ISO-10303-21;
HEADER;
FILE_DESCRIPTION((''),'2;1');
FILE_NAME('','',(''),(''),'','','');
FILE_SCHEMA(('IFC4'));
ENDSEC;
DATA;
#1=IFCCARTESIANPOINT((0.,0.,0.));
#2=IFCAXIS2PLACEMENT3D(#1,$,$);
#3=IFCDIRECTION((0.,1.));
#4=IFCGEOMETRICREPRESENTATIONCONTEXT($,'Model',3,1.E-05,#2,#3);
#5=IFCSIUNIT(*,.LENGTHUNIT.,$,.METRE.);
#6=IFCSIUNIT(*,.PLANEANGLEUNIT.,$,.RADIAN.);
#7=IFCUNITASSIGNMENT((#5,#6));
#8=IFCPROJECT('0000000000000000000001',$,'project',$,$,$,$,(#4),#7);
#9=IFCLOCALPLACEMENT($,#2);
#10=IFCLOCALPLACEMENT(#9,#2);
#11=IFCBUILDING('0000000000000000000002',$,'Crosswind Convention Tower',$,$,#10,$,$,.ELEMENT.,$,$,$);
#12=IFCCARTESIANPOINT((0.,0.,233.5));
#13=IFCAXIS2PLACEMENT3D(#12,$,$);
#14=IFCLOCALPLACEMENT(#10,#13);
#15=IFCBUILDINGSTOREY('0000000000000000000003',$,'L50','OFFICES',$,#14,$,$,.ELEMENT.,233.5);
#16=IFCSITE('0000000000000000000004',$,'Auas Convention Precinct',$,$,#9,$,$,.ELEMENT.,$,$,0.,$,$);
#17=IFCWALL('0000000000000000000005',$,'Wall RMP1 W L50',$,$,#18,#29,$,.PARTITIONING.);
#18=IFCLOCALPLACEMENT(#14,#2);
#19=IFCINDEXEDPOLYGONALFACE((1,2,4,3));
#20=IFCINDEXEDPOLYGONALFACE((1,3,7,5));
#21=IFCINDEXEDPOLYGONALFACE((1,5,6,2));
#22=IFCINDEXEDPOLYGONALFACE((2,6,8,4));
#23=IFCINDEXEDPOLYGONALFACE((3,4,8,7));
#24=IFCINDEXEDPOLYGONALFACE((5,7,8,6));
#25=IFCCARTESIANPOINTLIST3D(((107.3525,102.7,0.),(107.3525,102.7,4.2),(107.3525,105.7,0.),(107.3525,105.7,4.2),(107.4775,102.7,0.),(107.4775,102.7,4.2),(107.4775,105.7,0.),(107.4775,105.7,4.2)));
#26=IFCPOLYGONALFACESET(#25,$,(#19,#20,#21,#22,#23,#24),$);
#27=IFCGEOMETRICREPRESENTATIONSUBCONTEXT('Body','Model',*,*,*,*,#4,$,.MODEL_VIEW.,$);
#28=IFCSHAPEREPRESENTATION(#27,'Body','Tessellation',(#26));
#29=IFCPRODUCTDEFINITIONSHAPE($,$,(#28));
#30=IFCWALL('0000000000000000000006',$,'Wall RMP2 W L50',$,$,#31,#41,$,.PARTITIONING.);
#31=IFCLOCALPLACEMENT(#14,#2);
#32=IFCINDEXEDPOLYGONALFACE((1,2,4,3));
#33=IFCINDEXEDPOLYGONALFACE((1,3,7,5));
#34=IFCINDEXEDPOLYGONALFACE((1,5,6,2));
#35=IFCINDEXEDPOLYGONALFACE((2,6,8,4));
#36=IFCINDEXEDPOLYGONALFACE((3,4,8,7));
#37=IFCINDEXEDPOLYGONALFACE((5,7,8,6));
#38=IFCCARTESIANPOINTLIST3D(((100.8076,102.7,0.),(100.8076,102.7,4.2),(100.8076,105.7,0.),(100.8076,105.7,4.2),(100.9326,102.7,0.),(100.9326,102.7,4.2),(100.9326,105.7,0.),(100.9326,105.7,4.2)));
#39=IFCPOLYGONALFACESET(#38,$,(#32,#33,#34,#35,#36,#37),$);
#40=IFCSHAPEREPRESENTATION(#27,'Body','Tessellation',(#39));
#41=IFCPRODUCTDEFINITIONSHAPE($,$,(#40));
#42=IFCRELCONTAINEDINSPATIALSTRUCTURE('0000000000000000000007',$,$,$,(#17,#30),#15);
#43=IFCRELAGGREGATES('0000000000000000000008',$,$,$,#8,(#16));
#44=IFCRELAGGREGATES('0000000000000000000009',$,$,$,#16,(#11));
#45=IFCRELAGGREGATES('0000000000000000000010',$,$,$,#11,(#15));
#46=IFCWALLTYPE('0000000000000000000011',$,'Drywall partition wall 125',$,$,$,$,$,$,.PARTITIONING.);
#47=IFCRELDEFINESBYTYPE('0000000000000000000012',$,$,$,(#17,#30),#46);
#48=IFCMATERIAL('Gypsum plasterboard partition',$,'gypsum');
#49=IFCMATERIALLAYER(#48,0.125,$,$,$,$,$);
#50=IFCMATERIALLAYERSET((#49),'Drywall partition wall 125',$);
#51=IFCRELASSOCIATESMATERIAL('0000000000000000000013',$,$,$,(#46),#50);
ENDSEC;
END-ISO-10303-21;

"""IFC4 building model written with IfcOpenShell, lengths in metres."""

from ifc_helpers import new_model, si_unit, direction, frame, frame_2d, origin, place, context, subcontext, project, spatial, rectangle, extrude, material, layer, layer_set, type_object, element, save


model = new_model("IFC4")

# Units and contexts
model_context = context("Model", 3, precision=1e-05, world=origin(), true_north=direction((0.0, 1.0)))
body_context = subcontext(model_context, "Body", "Model", "MODEL_VIEW")
ifc_project = project(units=[si_unit("LENGTHUNIT", "METRE"), si_unit("PLANEANGLEUNIT", "RADIAN")], contexts=[model_context])

# Site, building, storey
site_placement = place(None, origin())
site = spatial("IfcSite", under=ifc_project, at=site_placement, Name="Auas Convention Precinct", CompositionType="ELEMENT", RefElevation=0.0)
building_placement = place(site_placement, origin())
building = spatial("IfcBuilding", under=site, at=building_placement, Name="Crosswind Convention Tower", CompositionType="ELEMENT")
storey_placement = place(building_placement, frame((0.0, 0.0, 233.5)))
storey = spatial("IfcBuildingStorey", under=building, at=storey_placement, Name="L50", Description="OFFICES", CompositionType="ELEMENT", Elevation=233.5)

# Walls
ifc_material_1 = material(Name="Gypsum plasterboard partition", Category="gypsum")
ifc_layer_1 = layer(ifc_material_1, 0.125)
ifc_layer_set_1 = layer_set([ifc_layer_1], Name="Drywall partition wall 125")
wall_type_1 = type_object("IfcWallType", Name="Drywall partition wall 125", PredefinedType="PARTITIONING", material=ifc_layer_set_1)
for number, where, z_axis, x_axis, name in (
    (1, (107.415, 105.7, 0.0), (0.0, 0.0, 1.0), (0.0, -1.0, 0.0), "Wall RMP1 W L50"),
    (2, (100.8701, 105.7, 0.0), (0.0, 0.0, 1.0), (0.0, -1.0, 0.0), "Wall RMP2 W L50"),
):
    element("IfcWall", number, at=place(storey_placement, frame(where, z_axis=z_axis, x_axis=x_axis)), inside=storey, type_object=wall_type_1, Name=name, PredefinedType="PARTITIONING", context=body_context, shape_type="SweptSolid", body=[
        extrude(rectangle(XDim=3.0, YDim=0.125, at=frame_2d((1.5, 0.0))), origin(), (0.0, 0.0, 1.0), 4.2),
    ])

save(model, "model.ifc")
